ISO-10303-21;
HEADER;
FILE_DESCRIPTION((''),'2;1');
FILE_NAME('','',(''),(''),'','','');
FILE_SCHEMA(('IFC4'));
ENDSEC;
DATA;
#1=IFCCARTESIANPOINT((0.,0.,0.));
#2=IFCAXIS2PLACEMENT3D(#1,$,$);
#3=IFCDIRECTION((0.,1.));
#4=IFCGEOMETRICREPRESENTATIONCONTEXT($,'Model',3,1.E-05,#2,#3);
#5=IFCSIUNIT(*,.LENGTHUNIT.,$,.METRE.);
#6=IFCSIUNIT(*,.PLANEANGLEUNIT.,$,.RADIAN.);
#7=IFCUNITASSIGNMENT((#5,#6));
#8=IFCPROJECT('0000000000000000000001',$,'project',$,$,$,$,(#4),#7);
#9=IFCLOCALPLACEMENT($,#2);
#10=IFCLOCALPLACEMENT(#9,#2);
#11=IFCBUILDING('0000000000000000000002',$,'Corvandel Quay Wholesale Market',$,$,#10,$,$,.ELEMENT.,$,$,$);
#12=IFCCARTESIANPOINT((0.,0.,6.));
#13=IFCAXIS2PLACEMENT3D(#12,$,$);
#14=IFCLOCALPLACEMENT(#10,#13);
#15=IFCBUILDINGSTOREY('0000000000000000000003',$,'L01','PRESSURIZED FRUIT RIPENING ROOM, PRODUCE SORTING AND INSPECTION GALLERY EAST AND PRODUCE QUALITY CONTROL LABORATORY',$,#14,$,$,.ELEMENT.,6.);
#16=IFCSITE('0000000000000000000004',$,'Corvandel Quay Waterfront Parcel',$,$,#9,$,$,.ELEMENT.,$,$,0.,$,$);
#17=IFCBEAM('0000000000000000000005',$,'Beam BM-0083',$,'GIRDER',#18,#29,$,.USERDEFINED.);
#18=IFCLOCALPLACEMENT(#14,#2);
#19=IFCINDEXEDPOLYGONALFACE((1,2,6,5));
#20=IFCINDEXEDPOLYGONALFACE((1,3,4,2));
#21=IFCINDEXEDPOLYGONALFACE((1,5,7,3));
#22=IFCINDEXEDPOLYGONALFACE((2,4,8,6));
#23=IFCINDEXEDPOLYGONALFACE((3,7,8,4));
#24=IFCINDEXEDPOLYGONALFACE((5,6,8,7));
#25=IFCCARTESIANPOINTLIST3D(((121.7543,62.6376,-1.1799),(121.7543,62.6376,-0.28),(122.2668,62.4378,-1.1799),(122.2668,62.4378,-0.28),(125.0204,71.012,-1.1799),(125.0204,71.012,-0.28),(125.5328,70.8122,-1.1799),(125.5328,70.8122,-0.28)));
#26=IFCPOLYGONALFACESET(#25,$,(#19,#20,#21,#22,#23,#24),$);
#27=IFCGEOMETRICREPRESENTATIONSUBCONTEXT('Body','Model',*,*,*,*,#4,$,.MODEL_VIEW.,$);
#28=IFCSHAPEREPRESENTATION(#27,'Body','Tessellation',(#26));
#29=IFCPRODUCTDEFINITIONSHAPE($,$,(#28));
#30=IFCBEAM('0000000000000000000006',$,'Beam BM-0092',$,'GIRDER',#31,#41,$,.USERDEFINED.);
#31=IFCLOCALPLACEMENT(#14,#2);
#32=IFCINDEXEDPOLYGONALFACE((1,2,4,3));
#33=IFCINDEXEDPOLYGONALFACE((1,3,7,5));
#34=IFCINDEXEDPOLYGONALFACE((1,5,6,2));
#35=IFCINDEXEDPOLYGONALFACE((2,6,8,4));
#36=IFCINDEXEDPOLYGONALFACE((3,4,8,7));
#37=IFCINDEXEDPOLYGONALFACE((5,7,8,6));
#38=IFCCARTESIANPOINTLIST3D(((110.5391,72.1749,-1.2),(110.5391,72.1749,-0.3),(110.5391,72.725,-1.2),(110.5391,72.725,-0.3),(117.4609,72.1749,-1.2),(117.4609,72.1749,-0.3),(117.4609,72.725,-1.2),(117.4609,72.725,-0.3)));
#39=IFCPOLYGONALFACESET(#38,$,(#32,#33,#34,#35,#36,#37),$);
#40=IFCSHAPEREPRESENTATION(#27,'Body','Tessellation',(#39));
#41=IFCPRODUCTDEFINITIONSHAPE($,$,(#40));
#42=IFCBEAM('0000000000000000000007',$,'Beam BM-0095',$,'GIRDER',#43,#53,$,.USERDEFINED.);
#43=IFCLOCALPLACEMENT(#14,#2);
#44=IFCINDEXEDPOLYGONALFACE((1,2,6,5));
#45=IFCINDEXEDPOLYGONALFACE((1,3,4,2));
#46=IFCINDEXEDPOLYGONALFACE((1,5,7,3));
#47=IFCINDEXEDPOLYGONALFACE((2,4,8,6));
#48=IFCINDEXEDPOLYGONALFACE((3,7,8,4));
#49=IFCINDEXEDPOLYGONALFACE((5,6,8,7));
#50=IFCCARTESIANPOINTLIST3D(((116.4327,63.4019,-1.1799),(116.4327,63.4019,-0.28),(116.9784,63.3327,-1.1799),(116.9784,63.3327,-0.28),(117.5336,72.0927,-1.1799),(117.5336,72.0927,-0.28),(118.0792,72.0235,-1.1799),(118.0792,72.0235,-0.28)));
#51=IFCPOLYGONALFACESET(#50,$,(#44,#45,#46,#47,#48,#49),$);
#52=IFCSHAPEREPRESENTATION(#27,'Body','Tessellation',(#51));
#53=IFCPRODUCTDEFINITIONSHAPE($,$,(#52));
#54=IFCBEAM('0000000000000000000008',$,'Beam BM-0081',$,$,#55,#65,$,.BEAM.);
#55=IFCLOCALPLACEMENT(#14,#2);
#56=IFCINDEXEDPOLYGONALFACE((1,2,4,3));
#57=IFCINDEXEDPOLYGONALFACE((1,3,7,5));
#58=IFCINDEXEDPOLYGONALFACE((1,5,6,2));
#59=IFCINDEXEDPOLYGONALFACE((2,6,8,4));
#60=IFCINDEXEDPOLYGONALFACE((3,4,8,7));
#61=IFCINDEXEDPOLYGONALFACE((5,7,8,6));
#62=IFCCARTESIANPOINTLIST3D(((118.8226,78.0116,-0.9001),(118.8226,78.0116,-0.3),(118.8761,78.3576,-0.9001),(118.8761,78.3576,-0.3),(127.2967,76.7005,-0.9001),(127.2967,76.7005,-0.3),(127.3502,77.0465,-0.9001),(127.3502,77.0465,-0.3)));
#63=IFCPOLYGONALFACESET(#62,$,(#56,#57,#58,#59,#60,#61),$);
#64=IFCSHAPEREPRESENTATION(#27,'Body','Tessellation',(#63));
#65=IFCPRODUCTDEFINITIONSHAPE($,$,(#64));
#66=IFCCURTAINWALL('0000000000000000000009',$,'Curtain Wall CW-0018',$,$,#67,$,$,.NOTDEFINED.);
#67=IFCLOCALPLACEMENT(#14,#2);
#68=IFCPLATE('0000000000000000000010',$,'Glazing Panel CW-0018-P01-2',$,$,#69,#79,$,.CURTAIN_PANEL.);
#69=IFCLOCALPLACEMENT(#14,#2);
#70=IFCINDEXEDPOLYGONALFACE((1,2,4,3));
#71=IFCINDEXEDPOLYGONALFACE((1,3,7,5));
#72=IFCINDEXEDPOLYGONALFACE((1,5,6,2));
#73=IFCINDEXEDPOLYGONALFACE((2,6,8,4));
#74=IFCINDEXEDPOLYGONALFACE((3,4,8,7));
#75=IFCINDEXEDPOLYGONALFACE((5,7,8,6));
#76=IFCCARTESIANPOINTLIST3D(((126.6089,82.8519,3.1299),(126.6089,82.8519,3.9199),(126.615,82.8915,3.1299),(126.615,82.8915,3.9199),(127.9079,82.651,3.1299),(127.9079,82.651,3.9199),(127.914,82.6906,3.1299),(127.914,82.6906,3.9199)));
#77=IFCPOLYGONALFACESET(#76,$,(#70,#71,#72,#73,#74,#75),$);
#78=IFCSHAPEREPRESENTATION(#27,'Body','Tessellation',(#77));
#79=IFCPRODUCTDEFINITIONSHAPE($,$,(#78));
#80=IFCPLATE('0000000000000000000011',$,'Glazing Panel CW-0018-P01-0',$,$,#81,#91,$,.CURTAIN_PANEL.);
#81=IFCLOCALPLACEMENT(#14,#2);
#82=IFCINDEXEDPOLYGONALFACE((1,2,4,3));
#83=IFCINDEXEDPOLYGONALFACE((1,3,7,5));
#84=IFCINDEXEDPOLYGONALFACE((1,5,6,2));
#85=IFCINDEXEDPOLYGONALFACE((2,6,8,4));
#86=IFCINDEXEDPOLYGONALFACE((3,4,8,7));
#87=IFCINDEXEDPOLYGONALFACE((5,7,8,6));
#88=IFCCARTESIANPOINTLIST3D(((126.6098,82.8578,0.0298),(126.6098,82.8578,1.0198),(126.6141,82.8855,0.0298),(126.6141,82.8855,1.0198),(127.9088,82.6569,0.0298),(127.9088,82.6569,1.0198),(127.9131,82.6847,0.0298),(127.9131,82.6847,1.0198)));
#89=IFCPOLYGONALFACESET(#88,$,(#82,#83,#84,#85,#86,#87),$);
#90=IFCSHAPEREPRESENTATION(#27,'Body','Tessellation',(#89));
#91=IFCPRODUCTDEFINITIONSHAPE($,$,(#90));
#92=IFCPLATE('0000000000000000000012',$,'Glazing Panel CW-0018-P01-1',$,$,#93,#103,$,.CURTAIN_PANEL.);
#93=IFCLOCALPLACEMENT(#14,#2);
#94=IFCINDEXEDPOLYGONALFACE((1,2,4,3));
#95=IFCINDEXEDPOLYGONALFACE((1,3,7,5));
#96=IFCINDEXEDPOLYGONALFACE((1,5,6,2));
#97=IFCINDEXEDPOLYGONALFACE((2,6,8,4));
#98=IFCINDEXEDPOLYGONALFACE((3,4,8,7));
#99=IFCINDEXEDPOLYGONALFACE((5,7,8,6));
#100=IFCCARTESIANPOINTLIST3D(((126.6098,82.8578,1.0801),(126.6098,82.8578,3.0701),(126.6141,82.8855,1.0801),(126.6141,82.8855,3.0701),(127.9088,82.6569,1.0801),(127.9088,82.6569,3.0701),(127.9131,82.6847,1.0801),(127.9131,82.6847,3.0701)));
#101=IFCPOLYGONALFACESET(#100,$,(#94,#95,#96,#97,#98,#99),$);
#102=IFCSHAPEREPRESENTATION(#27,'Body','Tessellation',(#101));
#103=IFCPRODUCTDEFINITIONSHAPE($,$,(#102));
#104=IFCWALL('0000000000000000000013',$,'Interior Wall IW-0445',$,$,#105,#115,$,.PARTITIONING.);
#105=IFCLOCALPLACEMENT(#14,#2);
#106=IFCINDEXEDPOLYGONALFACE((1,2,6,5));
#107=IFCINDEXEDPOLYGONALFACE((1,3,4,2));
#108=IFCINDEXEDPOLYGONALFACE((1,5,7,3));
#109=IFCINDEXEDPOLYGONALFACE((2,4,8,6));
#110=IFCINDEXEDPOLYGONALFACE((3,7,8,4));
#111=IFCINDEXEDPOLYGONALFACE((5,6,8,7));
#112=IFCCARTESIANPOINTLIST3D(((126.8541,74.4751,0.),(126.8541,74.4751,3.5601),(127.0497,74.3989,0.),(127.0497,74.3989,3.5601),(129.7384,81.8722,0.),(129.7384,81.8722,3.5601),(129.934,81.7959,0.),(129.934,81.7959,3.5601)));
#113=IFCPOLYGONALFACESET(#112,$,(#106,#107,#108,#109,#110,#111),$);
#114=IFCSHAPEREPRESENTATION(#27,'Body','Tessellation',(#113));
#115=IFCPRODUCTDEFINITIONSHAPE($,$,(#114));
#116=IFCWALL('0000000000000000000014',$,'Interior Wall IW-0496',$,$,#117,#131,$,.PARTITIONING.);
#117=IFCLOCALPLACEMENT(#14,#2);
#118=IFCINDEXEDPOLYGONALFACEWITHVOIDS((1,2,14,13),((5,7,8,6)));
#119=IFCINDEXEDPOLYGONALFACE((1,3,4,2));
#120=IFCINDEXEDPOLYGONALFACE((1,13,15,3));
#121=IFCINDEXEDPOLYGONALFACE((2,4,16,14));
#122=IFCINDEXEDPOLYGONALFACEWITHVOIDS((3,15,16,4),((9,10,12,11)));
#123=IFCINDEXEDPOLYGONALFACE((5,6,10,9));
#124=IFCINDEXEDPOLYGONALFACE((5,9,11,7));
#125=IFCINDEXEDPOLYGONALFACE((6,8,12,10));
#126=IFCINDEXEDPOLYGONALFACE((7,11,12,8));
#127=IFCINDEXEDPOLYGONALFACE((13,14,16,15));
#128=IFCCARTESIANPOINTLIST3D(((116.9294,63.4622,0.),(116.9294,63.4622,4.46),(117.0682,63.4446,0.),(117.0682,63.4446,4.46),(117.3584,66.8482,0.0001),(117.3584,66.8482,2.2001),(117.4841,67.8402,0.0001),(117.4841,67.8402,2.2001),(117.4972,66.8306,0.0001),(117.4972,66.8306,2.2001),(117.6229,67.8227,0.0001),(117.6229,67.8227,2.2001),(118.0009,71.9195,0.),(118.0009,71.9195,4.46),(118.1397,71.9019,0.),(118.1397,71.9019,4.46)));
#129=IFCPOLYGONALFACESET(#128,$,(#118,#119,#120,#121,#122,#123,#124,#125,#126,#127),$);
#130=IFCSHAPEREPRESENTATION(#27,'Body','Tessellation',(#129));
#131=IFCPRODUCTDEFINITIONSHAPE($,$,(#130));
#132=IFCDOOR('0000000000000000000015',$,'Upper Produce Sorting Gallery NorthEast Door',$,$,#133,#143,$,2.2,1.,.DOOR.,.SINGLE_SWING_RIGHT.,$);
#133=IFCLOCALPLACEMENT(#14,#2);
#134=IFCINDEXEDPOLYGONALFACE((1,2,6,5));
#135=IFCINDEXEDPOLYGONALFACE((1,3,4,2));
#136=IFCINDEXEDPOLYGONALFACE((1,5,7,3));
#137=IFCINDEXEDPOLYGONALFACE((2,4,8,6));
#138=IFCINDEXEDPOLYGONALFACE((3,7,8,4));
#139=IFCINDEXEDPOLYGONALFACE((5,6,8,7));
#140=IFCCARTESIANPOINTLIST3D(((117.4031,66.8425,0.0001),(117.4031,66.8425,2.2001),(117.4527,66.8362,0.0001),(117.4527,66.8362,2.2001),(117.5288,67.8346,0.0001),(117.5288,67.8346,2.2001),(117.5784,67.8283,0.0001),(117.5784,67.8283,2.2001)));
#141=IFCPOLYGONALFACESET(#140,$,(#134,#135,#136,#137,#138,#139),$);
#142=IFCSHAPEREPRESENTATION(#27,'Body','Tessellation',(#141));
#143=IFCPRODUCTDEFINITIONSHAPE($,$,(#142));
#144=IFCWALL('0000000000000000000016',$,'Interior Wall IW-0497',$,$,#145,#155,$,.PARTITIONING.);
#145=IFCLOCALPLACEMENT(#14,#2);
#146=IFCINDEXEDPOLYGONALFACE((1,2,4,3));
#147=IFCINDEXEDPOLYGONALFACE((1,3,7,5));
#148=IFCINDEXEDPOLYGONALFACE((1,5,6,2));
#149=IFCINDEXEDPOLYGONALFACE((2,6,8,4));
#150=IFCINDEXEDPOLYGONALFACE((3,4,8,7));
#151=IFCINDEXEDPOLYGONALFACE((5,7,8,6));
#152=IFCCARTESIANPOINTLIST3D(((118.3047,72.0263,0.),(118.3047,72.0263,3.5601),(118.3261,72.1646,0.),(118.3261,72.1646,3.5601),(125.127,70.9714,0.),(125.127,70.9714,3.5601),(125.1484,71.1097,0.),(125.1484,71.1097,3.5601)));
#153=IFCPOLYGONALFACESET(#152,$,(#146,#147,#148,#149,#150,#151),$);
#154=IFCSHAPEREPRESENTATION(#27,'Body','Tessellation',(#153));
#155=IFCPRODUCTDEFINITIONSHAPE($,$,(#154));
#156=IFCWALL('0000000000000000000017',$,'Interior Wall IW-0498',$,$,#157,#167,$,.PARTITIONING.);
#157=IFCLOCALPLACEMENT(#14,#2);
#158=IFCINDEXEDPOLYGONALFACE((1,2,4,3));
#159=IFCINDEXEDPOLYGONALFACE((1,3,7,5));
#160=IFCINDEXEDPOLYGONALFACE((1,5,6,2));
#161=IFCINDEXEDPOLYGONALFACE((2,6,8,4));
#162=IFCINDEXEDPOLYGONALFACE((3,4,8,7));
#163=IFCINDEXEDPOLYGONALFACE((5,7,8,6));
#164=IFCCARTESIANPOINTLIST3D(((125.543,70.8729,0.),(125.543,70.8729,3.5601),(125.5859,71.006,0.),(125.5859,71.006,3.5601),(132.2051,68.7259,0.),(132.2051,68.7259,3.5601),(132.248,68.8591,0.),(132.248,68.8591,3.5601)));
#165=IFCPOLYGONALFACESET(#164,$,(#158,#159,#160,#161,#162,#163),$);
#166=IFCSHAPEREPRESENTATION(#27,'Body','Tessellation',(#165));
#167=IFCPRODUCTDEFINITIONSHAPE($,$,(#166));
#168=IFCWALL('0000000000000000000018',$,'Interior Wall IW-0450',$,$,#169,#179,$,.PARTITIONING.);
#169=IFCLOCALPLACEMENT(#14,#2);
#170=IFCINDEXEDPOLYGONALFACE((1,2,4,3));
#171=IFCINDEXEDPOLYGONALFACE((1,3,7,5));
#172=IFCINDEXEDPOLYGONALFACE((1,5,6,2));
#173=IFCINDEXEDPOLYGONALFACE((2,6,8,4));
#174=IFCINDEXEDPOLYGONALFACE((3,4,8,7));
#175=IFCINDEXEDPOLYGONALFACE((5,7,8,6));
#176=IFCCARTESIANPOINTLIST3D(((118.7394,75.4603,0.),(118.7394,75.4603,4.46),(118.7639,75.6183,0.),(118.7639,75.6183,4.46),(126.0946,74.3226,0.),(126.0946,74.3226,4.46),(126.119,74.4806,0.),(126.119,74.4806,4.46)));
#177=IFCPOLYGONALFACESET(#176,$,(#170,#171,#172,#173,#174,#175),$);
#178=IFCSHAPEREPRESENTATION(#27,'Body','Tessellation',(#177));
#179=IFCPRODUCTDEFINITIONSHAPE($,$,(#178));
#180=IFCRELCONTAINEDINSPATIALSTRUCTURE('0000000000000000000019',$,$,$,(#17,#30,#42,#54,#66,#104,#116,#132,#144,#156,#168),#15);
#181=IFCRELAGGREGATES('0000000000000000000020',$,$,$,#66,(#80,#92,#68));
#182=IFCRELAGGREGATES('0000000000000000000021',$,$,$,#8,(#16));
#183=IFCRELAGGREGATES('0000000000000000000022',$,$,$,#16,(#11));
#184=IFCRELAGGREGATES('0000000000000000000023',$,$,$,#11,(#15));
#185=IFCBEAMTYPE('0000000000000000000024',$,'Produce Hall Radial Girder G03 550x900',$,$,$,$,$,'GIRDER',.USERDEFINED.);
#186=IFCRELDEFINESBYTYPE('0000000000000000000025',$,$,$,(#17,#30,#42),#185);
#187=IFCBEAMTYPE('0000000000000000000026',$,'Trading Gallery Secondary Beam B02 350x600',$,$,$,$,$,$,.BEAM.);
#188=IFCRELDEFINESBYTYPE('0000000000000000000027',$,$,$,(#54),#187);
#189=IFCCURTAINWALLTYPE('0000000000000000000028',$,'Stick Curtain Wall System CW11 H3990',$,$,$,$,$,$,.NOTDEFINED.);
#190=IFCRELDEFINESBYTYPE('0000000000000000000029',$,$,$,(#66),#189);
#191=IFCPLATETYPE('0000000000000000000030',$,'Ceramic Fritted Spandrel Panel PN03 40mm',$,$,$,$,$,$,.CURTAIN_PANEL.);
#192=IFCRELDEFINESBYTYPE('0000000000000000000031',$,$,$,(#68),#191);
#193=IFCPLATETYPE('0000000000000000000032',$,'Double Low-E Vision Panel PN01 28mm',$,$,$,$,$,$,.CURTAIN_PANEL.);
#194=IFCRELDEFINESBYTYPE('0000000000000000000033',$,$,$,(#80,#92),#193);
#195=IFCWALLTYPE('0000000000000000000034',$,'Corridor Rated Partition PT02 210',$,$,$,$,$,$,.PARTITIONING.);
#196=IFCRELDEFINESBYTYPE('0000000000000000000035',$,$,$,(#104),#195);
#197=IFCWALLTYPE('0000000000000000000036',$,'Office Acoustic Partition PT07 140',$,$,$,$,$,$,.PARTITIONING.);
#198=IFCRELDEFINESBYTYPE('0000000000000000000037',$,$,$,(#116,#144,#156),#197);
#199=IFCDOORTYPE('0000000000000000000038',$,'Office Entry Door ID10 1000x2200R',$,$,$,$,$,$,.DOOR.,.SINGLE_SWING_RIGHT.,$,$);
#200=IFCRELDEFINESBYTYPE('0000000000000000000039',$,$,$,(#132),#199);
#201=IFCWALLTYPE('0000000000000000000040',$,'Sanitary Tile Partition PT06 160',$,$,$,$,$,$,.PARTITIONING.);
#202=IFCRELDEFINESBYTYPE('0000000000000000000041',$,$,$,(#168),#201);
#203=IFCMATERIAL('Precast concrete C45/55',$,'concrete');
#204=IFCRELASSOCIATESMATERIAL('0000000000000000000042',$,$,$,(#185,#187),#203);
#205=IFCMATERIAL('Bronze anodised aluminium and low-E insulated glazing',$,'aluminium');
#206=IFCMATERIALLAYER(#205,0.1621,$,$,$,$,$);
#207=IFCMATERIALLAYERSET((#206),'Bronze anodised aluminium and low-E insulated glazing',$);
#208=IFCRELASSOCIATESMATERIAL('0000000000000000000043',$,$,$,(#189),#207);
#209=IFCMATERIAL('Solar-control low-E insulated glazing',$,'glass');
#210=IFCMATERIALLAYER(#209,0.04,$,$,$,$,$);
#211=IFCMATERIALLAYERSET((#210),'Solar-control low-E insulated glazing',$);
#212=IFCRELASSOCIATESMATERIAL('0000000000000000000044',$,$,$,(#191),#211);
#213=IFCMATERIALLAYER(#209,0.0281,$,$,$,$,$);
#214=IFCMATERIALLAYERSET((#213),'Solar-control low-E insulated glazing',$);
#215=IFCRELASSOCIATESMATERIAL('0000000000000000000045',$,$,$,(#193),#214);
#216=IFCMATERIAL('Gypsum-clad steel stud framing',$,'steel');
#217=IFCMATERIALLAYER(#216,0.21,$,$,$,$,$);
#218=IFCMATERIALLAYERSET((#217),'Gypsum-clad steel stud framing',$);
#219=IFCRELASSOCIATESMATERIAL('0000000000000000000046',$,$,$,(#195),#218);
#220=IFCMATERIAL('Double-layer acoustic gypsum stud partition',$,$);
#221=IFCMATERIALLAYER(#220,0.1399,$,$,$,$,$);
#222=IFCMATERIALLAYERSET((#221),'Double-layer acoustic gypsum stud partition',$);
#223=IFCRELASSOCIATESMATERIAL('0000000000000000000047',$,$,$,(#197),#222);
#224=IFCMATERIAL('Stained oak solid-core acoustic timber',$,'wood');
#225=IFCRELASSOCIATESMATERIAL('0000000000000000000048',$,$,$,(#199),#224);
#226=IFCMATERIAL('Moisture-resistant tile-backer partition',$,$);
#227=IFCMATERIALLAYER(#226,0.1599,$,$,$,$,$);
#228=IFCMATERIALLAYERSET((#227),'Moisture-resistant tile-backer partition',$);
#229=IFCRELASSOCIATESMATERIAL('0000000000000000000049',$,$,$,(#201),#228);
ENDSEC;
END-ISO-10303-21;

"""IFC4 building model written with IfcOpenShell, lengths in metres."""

from ifc_helpers import new_model, si_unit, direction, frame, frame_2d, origin, origin_2d, place, context, subcontext, project, spatial, rectangle, extrude, material, layer, layer_set, material_profile, profile_set, type_object, element, fill, aggregate, save


model = new_model("IFC4")

# Units and contexts
model_context = context("Model", 3, precision=1e-05, world=origin(), true_north=direction((0.0, 1.0)))
body_context = subcontext(model_context, "Body", "Model", "MODEL_VIEW")
ifc_project = project(units=[si_unit("LENGTHUNIT", "METRE"), si_unit("PLANEANGLEUNIT", "RADIAN")], contexts=[model_context])

# Site, building, storey
site_placement = place(None, origin())
site = spatial("IfcSite", under=ifc_project, at=site_placement, Name="Corvandel Quay Waterfront Parcel", CompositionType="ELEMENT", RefElevation=0.0)
building_placement = place(site_placement, origin())
building = spatial("IfcBuilding", under=site, at=building_placement, Name="Corvandel Quay Wholesale Market", CompositionType="ELEMENT")
storey_placement = place(building_placement, frame((0.0, 0.0, 6.0)))
storey = spatial("IfcBuildingStorey", under=building, at=storey_placement, Name="L01", Description="PRESSURIZED FRUIT RIPENING ROOM, PRODUCE SORTING AND INSPECTION GALLERY EAST AND PRODUCE QUALITY CONTROL LABORATORY", CompositionType="ELEMENT", Elevation=6.0)

# Shared definitions
ifc_material_1 = material(Name="Precast concrete C45/55", Category="concrete")

# Shared definitions
ifc_material_2 = material(Name="Bronze anodised aluminium and low-E insulated glazing", Category="aluminium")

# Beams
ifc_material_profile_1 = material_profile(ifc_material_1, rectangle(XDim=0.55, YDim=0.8999, at=origin_2d()), Name="PC-GIR-550x900")
ifc_profile_set_1 = profile_set([ifc_material_profile_1], Name="Precast concrete C45/55")
beam_type_1 = type_object("IfcBeamType", Name="Produce Hall Radial Girder G03 550x900", ElementType="GIRDER", PredefinedType="USERDEFINED", material=ifc_profile_set_1)
beam_1_placement = place(storey_placement, frame((125.2766, 70.9121, -0.73), z_axis=(-0.36335, -0.931653, 0.0), x_axis=(0.931653, -0.36335, 0.0)))
element("IfcBeam", 1, at=beam_1_placement, inside=storey, type_object=beam_type_1, Name="Beam BM-0083", ObjectType="GIRDER", PredefinedType="USERDEFINED", context=body_context, shape_type="SweptSolid", body=[
    extrude(rectangle(XDim=0.55, YDim=0.8999, at=origin_2d()), origin(), (0.0, 0.0, 1.0), 8.9888),
])
beam_2_placement = place(storey_placement, frame((117.4609, 72.45, -0.75), z_axis=(-1.0, 0.0, 0.0), x_axis=(0.0, -1.0, 0.0)))
element("IfcBeam", 2, at=beam_2_placement, inside=storey, type_object=beam_type_1, Name="Beam BM-0092", ObjectType="GIRDER", PredefinedType="USERDEFINED", context=body_context, shape_type="SweptSolid", body=[
    extrude(rectangle(XDim=0.55, YDim=0.8999, at=origin_2d()), origin(), (0.0, 0.0, 1.0), 6.9219),
])
beam_3_placement = place(storey_placement, frame((117.8064, 72.0581, -0.73), z_axis=(-0.12566, -0.992073, 0.0), x_axis=(0.992073, -0.12566, 0.0)))
element("IfcBeam", 3, at=beam_3_placement, inside=storey, type_object=beam_type_1, Name="Beam BM-0095", ObjectType="GIRDER", PredefinedType="USERDEFINED", context=body_context, shape_type="SweptSolid", body=[
    extrude(rectangle(XDim=0.55, YDim=0.8999, at=origin_2d()), origin(), (0.0, 0.0, 1.0), 8.7603),
])
ifc_material_profile_2 = material_profile(ifc_material_1, rectangle(XDim=0.3501, YDim=0.6001, at=origin_2d()), Name="PC-BM-350x600")
ifc_profile_set_2 = profile_set([ifc_material_profile_2], Name="Precast concrete C45/55")
beam_type_2 = type_object("IfcBeamType", Name="Trading Gallery Secondary Beam B02 350x600", PredefinedType="BEAM", material=ifc_profile_set_2)
beam_4_placement = place(storey_placement, frame((127.3235, 76.8735, -0.6001), z_axis=(-0.988243, 0.152892, 0.0), x_axis=(-0.152892, -0.988243, 0.0)))
element("IfcBeam", 4, at=beam_4_placement, inside=storey, type_object=beam_type_2, Name="Beam BM-0081", PredefinedType="BEAM", context=body_context, shape_type="SweptSolid", body=[
    extrude(rectangle(XDim=0.3501, YDim=0.6001, at=origin_2d()), origin(), (0.0, 0.0, 1.0), 8.575),
])

# Curtain wall, plates
ifc_layer_1 = layer(ifc_material_2, 0.1621)
ifc_layer_set_1 = layer_set([ifc_layer_1], Name="Bronze anodised aluminium and low-E insulated glazing")
curtain_wall_type_1 = type_object("IfcCurtainWallType", Name="Stick Curtain Wall System CW11 H3990", PredefinedType="NOTDEFINED", material=ifc_layer_set_1)
curtain_wall_1_placement = place(storey_placement, origin())
curtain_wall_1 = element("IfcCurtainWall", 5, at=curtain_wall_1_placement, inside=storey, type_object=curtain_wall_type_1, Name="Curtain Wall CW-0018", PredefinedType="NOTDEFINED")
ifc_material_3 = material(Name="Solar-control low-E insulated glazing", Category="glass")
ifc_layer_2 = layer(ifc_material_3, 0.04)
ifc_layer_set_2 = layer_set([ifc_layer_2], Name="Solar-control low-E insulated glazing")
plate_type_1 = type_object("IfcPlateType", Name="Ceramic Fritted Spandrel Panel PN03 40mm", PredefinedType="CURTAIN_PANEL", material=ifc_layer_set_2)
plate_1_placement = place(storey_placement, frame((127.2615, 82.7712, 3.1299), z_axis=(0.0, 0.0, 1.0), x_axis=(-0.988255, 0.152813, 0.0)))
plate_1 = element("IfcPlate", 6, at=plate_1_placement, type_object=plate_type_1, Name="Glazing Panel CW-0018-P01-2", PredefinedType="CURTAIN_PANEL", context=body_context, shape_type="SweptSolid", body=[
    extrude(rectangle(XDim=1.3145, YDim=0.04, at=origin_2d()), origin(), (0.0, 0.0, 1.0), 0.79),
])
ifc_layer_3 = layer(ifc_material_3, 0.0281)
ifc_layer_set_3 = layer_set([ifc_layer_3], Name="Solar-control low-E insulated glazing")
plate_type_2 = type_object("IfcPlateType", Name="Double Low-E Vision Panel PN01 28mm", PredefinedType="CURTAIN_PANEL", material=ifc_layer_set_3)
plate_2_placement = place(storey_placement, frame((127.2615, 82.7712, 0.0298), z_axis=(0.0, 0.0, 1.0), x_axis=(-0.988255, 0.152813, 0.0)))
plate_2 = element("IfcPlate", 7, at=plate_2_placement, type_object=plate_type_2, Name="Glazing Panel CW-0018-P01-0", PredefinedType="CURTAIN_PANEL", context=body_context, shape_type="SweptSolid", body=[
    extrude(rectangle(XDim=1.3145, YDim=0.0281, at=origin_2d()), origin(), (0.0, 0.0, 1.0), 0.99),
])
plate_3_placement = place(storey_placement, frame((127.2615, 82.7712, 1.0801), z_axis=(0.0, 0.0, 1.0), x_axis=(-0.988255, 0.152813, 0.0)))
plate_3 = element("IfcPlate", 8, at=plate_3_placement, type_object=plate_type_2, Name="Glazing Panel CW-0018-P01-1", PredefinedType="CURTAIN_PANEL", context=body_context, shape_type="SweptSolid", body=[
    extrude(rectangle(XDim=1.3145, YDim=0.0281, at=origin_2d()), origin(), (0.0, 0.0, 1.0), 1.99),
])
aggregate(curtain_wall_1, [plate_2, plate_3, plate_1])

# Wall
ifc_material_4 = material(Name="Gypsum-clad steel stud framing", Category="steel")
ifc_layer_4 = layer(ifc_material_4, 0.21)
ifc_layer_set_4 = layer_set([ifc_layer_4], Name="Gypsum-clad steel stud framing")
wall_type_1 = type_object("IfcWallType", Name="Corridor Rated Partition PT02 210", PredefinedType="PARTITIONING", material=ifc_layer_set_4)
wall_1_placement = place(storey_placement, frame((126.9519, 74.437, 0.0), z_axis=(0.0, 0.0, 1.0), x_axis=(0.363286, 0.931678, 0.0)))
element("IfcWall", 9, at=wall_1_placement, inside=storey, type_object=wall_type_1, Name="Interior Wall IW-0445", PredefinedType="PARTITIONING", context=body_context, shape_type="SweptSolid", body=[
    extrude(rectangle(XDim=7.9395, YDim=0.21, at=frame_2d((3.9697, 0.0))), origin(), (0.0, 0.0, 1.0), 3.5601),
])

# Wall, opening, door
ifc_material_5 = material(Name="Double-layer acoustic gypsum stud partition")
ifc_layer_5 = layer(ifc_material_5, 0.1399)
ifc_layer_set_5 = layer_set([ifc_layer_5], Name="Double-layer acoustic gypsum stud partition")
wall_type_2 = type_object("IfcWallType", Name="Office Acoustic Partition PT07 140", PredefinedType="PARTITIONING", material=ifc_layer_set_5)
wall_2_placement = place(storey_placement, frame((116.9988, 63.4534, 0.0), z_axis=(0.0, 0.0, 1.0), x_axis=(0.125695, 0.992069, 0.0)))
wall_2 = element("IfcWall", 10, at=wall_2_placement, inside=storey, type_object=wall_type_2, Name="Interior Wall IW-0496", PredefinedType="PARTITIONING", context=body_context, shape_type="SweptSolid", body=[
    extrude(rectangle(XDim=8.5249, YDim=0.1399, at=frame_2d((4.2625, 0.0))), origin(), (0.0, 0.0, 1.0), 4.46),
])
opening_1_placement = place(wall_2_placement, frame((3.4131, 0.0, 0.0)))
opening_1 = element("IfcOpeningElement", 11, at=opening_1_placement, cuts=wall_2, PredefinedType="OPENING", context=body_context, shape_type="SweptSolid", body=[
    extrude(rectangle(XDim=1.0, YDim=2.2, at=frame_2d((0.5, 1.1001))), frame((0.0, 0.0798, 0.0), z_axis=(0.0, -1.0, 0.0), x_axis=(1.0, 0.0, 0.0)), (0.0, 0.0, 1.0), 0.1599),
])
ifc_material_6 = material(Name="Stained oak solid-core acoustic timber", Category="wood")
door_type_1 = type_object("IfcDoorType", Name="Office Entry Door ID10 1000x2200R", OperationType="SINGLE_SWING_RIGHT", PredefinedType="DOOR", material=ifc_material_6)
door_1_placement = place(opening_1_placement, origin())
door_1 = element("IfcDoor", 12, at=door_1_placement, inside=storey, type_object=door_type_1, Name="Upper Produce Sorting Gallery NorthEast Door", OperationType="SINGLE_SWING_RIGHT", OverallHeight=2.2, OverallWidth=1.0, PredefinedType="DOOR", context=body_context, shape_type="SweptSolid", body=[
    extrude(rectangle(XDim=1.0, YDim=2.2, at=frame_2d((0.5, 1.1001))), frame((0.0, 0.0249, 0.0), z_axis=(0.0, -1.0, 0.0), x_axis=(1.0, 0.0, 0.0)), (0.0, 0.0, 1.0), 0.05),
])
fill(opening_1, door_1)

# Walls
wall_3_placement = place(storey_placement, frame((118.3154, 72.0955, 0.0), z_axis=(0.0, 0.0, 1.0), x_axis=(0.988255, -0.152815, 0.0)))
element("IfcWall", 13, at=wall_3_placement, inside=storey, type_object=wall_type_2, Name="Interior Wall IW-0497", PredefinedType="PARTITIONING", context=body_context, shape_type="SweptSolid", body=[
    extrude(rectangle(XDim=6.9033, YDim=0.1399, at=frame_2d((3.4517, 0.0))), origin(), (0.0, 0.0, 1.0), 3.5601),
])
wall_4_placement = place(storey_placement, frame((125.5645, 70.9395, 0.0), z_axis=(0.0, 0.0, 1.0), x_axis=(0.951796, -0.306732, 0.0)))
element("IfcWall", 14, at=wall_4_placement, inside=storey, type_object=wall_type_2, Name="Interior Wall IW-0498", PredefinedType="PARTITIONING", context=body_context, shape_type="SweptSolid", body=[
    extrude(rectangle(XDim=6.9995, YDim=0.1399, at=frame_2d((3.4998, 0.0))), origin(), (0.0, 0.0, 1.0), 3.5601),
])
ifc_material_7 = material(Name="Moisture-resistant tile-backer partition")
ifc_layer_6 = layer(ifc_material_7, 0.1599)
ifc_layer_set_6 = layer_set([ifc_layer_6], Name="Moisture-resistant tile-backer partition")
wall_type_3 = type_object("IfcWallType", Name="Sanitary Tile Partition PT06 160", PredefinedType="PARTITIONING", material=ifc_layer_set_6)
wall_5_placement = place(storey_placement, frame((126.1067, 74.4016, 0.0), z_axis=(0.0, 0.0, 1.0), x_axis=(-0.988248, 0.152861, 0.0)))
element("IfcWall", 15, at=wall_5_placement, inside=storey, type_object=wall_type_3, Name="Interior Wall IW-0450", PredefinedType="PARTITIONING", context=body_context, shape_type="SweptSolid", body=[
    extrude(rectangle(XDim=7.4426, YDim=0.1599, at=frame_2d((3.7212, 0.0))), origin(), (0.0, 0.0, 1.0), 4.46),
])

save(model, "model.ifc")
